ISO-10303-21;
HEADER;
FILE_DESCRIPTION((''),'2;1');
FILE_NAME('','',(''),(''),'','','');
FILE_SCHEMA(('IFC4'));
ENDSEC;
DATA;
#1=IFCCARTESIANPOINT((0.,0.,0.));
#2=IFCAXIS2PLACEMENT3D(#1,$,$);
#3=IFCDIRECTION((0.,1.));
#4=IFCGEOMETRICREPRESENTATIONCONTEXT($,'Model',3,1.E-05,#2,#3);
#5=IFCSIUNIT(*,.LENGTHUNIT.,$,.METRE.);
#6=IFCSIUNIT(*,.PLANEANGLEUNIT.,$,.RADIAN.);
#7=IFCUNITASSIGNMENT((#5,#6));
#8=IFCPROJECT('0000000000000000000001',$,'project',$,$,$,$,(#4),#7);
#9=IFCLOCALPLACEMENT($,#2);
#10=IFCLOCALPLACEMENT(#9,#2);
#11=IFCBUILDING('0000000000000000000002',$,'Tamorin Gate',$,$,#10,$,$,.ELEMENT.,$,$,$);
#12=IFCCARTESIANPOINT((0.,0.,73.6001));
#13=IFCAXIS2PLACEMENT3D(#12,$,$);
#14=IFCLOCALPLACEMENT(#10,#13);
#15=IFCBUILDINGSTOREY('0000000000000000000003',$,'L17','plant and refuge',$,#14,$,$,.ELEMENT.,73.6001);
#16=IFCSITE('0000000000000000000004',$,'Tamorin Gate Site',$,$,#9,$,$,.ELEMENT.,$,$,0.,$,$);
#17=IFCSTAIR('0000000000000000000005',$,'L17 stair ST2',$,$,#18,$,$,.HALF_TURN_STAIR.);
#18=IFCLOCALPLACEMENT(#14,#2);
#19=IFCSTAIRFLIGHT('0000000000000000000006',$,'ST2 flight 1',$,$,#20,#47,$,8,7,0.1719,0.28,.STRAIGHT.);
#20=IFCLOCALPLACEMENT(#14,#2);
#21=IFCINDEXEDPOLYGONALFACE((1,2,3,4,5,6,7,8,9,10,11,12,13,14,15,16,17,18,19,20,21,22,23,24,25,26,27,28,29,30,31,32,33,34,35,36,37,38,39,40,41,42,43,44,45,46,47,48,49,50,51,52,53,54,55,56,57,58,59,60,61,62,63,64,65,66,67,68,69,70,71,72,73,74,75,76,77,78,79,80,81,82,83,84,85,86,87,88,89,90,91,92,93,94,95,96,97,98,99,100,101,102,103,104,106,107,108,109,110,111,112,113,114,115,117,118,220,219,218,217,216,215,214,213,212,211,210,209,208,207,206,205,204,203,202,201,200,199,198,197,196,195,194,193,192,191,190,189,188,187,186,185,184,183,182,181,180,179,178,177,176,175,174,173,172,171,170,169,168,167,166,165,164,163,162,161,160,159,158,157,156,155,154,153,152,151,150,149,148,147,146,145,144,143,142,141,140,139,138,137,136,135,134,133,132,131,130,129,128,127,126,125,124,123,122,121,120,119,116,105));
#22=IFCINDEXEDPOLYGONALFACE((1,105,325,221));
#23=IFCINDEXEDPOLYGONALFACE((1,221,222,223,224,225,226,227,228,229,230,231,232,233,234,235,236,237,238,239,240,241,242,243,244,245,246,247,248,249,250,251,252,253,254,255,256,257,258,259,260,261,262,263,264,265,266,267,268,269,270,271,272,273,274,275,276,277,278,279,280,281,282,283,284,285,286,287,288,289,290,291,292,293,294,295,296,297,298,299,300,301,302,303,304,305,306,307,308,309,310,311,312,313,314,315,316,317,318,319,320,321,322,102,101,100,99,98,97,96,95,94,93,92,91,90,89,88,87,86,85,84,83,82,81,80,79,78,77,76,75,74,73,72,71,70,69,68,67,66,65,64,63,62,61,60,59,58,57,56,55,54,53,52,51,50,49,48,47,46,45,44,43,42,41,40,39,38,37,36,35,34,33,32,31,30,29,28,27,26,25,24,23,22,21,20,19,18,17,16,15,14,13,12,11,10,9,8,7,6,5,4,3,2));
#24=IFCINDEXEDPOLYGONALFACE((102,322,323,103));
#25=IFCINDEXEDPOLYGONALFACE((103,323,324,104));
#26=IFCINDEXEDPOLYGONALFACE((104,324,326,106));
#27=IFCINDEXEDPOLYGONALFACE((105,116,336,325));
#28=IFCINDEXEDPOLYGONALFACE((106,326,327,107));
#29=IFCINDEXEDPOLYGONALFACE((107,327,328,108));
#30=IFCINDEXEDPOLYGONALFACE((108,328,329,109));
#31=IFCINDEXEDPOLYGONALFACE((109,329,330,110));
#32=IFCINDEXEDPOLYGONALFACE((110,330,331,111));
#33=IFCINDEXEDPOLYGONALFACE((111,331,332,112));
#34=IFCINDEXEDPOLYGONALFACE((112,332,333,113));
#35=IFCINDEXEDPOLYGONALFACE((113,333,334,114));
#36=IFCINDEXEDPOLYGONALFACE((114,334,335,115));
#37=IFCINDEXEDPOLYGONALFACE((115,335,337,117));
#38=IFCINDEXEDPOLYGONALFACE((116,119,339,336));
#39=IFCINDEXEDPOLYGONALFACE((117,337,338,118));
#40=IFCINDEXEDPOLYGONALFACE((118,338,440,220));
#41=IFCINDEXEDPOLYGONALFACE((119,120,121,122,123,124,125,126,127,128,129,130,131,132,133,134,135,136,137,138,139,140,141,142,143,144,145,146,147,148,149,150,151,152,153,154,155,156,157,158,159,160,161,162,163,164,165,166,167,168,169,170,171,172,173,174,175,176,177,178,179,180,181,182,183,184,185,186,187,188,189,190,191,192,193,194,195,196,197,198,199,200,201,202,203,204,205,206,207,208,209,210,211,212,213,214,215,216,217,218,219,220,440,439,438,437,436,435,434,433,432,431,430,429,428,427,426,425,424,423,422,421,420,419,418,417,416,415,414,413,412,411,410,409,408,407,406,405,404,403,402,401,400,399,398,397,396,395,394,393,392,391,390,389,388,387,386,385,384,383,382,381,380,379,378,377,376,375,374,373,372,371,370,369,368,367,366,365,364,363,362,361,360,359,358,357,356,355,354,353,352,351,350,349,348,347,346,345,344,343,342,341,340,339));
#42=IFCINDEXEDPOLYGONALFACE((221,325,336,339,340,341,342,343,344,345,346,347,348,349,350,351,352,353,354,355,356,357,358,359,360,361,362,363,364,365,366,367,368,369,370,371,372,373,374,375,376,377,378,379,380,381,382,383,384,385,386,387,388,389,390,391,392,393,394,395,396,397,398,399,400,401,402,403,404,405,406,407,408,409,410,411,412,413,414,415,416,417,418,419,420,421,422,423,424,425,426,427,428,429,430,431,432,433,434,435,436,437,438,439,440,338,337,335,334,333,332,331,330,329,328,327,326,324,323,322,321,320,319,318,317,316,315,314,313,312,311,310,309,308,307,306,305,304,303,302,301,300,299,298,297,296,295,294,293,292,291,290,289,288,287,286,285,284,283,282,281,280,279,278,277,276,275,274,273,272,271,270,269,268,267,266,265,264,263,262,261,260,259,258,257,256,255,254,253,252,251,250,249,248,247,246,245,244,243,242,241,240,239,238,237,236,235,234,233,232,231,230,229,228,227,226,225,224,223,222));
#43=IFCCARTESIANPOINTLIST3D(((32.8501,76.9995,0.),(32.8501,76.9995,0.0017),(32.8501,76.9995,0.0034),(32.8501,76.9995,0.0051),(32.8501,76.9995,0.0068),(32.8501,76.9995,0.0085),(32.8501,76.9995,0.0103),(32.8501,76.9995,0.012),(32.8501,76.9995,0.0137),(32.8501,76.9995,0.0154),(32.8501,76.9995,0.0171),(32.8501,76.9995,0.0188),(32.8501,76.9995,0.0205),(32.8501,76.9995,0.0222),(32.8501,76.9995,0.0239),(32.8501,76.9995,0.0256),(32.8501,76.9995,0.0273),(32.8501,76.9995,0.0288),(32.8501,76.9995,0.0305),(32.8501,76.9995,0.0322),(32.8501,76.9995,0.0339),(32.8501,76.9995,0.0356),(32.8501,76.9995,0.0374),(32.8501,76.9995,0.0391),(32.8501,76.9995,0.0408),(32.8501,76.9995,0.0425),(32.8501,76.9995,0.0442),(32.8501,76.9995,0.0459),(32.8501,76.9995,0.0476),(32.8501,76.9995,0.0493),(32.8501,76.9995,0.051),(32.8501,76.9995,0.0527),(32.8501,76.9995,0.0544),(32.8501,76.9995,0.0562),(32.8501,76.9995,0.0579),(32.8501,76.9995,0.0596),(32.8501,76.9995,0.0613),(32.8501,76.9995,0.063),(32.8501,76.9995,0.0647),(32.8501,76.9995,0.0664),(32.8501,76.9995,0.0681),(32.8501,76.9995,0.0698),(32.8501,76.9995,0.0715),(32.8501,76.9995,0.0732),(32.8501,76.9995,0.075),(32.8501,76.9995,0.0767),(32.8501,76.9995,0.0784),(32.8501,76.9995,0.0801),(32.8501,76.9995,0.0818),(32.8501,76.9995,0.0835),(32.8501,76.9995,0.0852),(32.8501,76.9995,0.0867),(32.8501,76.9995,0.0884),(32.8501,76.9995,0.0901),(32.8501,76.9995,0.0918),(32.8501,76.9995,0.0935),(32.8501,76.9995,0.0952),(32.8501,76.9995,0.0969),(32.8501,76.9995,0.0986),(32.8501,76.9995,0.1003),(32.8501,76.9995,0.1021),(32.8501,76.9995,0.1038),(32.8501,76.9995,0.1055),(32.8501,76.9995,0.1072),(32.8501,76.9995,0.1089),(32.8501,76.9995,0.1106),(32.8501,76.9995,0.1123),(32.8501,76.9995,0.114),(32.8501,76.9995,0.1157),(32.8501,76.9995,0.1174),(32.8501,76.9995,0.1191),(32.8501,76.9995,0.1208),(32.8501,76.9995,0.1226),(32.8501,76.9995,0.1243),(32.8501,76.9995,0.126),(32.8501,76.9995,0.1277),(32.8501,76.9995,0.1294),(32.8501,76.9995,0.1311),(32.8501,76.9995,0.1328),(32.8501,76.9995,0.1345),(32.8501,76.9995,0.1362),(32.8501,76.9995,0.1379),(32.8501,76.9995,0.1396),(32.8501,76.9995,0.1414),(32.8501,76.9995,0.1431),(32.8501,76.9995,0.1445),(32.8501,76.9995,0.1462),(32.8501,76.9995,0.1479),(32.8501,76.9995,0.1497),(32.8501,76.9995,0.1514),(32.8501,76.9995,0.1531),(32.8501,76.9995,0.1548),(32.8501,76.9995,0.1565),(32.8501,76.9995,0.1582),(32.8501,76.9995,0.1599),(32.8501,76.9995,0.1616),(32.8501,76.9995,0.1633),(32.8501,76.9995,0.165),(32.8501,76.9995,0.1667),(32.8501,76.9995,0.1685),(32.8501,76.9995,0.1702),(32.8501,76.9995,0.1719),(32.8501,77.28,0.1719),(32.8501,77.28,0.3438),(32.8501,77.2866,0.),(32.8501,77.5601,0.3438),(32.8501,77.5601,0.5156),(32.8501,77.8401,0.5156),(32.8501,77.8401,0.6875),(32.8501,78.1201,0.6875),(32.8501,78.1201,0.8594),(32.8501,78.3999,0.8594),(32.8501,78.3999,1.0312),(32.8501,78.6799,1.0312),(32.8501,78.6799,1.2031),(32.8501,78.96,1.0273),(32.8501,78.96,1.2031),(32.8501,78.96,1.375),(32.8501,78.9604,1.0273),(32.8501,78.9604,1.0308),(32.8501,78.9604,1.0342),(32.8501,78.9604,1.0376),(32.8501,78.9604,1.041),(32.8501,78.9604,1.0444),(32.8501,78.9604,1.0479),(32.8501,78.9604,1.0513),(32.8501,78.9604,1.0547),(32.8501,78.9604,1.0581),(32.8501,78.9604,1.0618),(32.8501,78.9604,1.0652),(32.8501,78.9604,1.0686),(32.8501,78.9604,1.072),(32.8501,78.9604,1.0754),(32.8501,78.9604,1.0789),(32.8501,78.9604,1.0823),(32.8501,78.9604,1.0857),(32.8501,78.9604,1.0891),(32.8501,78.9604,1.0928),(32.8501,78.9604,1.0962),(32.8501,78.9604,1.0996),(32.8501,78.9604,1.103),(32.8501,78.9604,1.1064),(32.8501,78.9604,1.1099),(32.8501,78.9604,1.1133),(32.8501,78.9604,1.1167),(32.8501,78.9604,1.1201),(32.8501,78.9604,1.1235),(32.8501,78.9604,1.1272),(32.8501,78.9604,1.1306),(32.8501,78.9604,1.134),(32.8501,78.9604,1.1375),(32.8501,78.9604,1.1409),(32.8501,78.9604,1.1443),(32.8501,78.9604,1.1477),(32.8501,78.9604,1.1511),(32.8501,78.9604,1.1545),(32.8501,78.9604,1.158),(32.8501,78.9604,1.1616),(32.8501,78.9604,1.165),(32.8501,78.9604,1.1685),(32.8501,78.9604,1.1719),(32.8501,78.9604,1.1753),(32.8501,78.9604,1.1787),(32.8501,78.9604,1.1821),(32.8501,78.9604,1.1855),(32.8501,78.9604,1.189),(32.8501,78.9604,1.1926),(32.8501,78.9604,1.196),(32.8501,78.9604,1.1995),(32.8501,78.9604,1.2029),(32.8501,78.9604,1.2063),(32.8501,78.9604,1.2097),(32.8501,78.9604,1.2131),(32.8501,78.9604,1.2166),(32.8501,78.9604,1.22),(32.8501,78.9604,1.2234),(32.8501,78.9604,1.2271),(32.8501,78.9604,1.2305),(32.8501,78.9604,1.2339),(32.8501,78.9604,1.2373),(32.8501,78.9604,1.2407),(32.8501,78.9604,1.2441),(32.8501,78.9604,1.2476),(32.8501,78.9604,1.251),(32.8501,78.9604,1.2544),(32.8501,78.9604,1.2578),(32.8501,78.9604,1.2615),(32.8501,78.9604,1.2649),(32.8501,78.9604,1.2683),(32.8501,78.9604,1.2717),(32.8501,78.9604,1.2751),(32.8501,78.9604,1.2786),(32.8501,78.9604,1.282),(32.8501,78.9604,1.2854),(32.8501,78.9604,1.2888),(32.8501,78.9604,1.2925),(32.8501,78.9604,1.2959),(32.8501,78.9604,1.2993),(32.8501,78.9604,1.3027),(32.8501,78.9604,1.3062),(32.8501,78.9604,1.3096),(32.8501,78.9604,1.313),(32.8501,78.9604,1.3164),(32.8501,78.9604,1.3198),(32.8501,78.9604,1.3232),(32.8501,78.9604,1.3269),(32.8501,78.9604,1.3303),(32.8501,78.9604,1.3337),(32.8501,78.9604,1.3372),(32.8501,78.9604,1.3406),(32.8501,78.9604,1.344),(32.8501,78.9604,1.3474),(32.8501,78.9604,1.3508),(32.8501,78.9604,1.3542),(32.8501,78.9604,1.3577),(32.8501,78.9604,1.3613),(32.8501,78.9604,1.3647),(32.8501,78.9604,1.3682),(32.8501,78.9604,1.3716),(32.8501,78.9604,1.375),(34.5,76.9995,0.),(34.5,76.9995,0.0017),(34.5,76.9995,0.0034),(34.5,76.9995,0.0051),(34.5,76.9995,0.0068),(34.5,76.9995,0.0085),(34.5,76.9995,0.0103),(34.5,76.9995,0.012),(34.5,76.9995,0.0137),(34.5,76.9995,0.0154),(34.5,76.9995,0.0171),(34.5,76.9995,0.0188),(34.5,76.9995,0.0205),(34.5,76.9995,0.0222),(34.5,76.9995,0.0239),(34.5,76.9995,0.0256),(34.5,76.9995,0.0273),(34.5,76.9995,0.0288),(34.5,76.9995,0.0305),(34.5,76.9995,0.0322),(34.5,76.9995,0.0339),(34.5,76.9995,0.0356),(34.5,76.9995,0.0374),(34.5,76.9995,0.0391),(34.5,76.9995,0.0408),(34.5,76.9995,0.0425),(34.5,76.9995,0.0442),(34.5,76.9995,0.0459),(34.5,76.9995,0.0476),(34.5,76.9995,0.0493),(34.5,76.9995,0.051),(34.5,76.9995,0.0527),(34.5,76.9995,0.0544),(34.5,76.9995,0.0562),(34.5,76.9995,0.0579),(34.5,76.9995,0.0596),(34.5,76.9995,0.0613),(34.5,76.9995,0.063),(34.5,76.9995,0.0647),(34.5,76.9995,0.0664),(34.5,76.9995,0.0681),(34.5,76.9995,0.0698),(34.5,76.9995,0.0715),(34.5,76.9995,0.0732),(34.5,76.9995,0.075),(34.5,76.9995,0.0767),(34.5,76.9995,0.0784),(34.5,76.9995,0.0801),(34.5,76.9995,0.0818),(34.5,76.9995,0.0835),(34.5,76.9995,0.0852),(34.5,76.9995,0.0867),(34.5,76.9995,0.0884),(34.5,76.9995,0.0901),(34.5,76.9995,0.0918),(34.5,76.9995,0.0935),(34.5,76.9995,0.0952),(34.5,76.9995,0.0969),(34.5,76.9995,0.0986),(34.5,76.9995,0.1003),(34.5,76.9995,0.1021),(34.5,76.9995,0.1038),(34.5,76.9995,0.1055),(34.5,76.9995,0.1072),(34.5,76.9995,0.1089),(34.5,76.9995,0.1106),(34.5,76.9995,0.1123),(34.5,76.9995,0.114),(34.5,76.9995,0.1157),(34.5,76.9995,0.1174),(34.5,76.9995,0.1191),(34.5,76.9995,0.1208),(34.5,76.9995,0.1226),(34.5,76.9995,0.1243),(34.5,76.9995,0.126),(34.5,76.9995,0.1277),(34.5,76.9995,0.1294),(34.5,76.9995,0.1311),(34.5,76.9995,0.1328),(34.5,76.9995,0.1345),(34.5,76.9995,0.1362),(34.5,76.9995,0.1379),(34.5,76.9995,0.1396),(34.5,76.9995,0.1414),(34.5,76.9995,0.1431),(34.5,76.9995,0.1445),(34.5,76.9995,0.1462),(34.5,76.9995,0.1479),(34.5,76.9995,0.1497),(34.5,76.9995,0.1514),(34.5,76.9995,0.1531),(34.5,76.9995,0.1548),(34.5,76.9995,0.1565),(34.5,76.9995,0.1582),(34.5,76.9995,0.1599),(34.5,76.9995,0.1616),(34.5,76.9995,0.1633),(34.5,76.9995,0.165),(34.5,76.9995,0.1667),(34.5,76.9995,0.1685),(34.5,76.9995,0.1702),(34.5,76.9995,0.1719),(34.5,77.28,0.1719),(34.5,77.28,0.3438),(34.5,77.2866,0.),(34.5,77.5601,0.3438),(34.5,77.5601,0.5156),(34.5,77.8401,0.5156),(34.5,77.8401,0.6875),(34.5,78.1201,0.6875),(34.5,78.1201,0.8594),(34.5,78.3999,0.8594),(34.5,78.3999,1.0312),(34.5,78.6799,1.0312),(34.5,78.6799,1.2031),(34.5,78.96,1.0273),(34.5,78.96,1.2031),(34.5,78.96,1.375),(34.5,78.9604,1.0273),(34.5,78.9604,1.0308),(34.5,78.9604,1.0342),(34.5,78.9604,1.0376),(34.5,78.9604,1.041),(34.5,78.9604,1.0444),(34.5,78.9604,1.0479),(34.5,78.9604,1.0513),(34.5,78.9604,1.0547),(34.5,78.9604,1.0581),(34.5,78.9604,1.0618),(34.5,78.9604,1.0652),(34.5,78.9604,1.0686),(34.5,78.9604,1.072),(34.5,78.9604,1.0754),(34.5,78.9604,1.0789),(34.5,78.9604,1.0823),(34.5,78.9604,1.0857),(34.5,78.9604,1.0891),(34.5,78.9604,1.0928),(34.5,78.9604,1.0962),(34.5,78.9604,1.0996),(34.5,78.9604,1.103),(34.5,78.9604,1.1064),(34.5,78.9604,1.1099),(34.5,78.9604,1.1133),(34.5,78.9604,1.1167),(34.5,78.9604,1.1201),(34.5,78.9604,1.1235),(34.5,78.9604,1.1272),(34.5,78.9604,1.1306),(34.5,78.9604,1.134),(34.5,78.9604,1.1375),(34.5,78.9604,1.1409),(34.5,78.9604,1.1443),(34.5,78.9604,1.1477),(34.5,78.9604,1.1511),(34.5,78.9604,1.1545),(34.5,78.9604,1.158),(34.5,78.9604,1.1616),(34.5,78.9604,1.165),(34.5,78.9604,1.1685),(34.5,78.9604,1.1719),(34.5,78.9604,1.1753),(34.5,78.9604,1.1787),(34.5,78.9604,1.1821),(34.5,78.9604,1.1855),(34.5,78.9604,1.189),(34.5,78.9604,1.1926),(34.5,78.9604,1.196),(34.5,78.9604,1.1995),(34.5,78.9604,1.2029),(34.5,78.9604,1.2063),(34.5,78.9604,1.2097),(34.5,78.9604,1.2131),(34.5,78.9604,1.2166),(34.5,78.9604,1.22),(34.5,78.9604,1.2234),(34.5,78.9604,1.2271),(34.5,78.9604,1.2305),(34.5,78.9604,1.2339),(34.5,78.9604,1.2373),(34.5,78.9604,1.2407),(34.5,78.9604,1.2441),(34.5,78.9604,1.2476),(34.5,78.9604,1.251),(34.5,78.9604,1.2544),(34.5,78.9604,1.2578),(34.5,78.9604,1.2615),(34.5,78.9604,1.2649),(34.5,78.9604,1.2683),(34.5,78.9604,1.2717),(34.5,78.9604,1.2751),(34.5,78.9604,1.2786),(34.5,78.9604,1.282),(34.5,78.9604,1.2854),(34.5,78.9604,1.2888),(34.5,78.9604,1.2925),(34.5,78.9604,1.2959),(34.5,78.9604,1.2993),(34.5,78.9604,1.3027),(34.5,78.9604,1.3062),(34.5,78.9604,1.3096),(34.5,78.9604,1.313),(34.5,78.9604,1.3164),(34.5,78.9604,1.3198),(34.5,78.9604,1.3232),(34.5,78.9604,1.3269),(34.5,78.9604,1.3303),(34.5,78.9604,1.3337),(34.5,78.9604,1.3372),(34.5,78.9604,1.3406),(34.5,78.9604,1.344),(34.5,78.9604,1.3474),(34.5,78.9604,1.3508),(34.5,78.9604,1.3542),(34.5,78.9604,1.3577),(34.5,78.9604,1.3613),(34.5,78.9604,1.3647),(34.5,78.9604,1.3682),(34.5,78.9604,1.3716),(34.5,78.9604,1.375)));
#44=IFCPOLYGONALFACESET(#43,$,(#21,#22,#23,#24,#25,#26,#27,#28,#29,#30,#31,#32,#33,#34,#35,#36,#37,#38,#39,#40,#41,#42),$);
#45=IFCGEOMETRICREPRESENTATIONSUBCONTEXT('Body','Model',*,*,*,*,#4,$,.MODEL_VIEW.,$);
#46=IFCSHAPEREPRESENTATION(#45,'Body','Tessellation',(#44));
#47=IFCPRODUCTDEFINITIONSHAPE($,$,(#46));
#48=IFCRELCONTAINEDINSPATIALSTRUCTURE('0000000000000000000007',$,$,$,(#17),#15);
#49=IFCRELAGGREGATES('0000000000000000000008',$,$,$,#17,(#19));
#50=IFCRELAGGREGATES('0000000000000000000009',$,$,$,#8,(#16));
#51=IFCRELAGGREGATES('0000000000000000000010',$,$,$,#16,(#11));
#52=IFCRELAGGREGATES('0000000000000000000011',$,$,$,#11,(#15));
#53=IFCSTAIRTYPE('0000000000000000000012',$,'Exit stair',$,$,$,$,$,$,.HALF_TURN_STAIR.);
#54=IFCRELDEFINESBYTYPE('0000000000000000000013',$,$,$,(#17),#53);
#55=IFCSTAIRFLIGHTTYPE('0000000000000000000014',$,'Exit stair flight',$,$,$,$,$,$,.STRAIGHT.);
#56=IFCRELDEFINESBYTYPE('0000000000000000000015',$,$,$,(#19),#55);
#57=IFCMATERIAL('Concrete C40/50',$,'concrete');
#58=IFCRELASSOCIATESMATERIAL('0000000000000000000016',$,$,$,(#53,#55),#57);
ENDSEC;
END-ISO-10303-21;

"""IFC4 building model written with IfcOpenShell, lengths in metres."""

from ifc_helpers import new_model, si_unit, direction, frame, origin, place, context, subcontext, project, spatial, polyline, outline, extrude, material, type_object, element, aggregate, save


model = new_model("IFC4")

# Units and contexts
model_context = context("Model", 3, precision=1e-05, world=origin(), true_north=direction((0.0, 1.0)))
body_context = subcontext(model_context, "Body", "Model", "MODEL_VIEW")
ifc_project = project(units=[si_unit("LENGTHUNIT", "METRE"), si_unit("PLANEANGLEUNIT", "RADIAN")], contexts=[model_context])

# Site, building, storey
site_placement = place(None, origin())
site = spatial("IfcSite", under=ifc_project, at=site_placement, Name="Tamorin Gate Site", CompositionType="ELEMENT", RefElevation=0.0)
building_placement = place(site_placement, origin())
building = spatial("IfcBuilding", under=site, at=building_placement, Name="Tamorin Gate", CompositionType="ELEMENT")
storey_placement = place(building_placement, frame((0.0, 0.0, 73.6001)))
storey = spatial("IfcBuildingStorey", under=building, at=storey_placement, Name="L17", Description="plant and refuge", CompositionType="ELEMENT", Elevation=73.6001)

# Shared definitions
ifc_material_1 = material(Name="Concrete C40/50", Category="concrete")

# Stair, stair flight
stair_type = type_object("IfcStairType", Name="Exit stair", PredefinedType="HALF_TURN_STAIR", material=ifc_material_1)
stair_flight_type = type_object("IfcStairFlightType", Name="Exit stair flight", PredefinedType="STRAIGHT", material=ifc_material_1)
stair_1_placement = place(storey_placement, origin())
stair_1 = element("IfcStair", 1, at=stair_1_placement, inside=storey, type_object=stair_type, Name="L17 stair ST2", PredefinedType="HALF_TURN_STAIR")
stair_flight_1_placement = place(storey_placement, frame((33.675, 77.0, 0.0), z_axis=(0.0, 0.0, 1.0), x_axis=(0.0, 1.0, 0.0)))
stair_flight_1 = element("IfcStairFlight", 2, at=stair_flight_1_placement, type_object=stair_flight_type, Name="ST2 flight 1", NumberOfRisers=8, NumberOfTreads=7, PredefinedType="STRAIGHT", RiserHeight=0.1719, TreadLength=0.28, context=body_context, shape_type="SweptSolid", body=[
    extrude(outline(polyline([(-0.0005, 0.0), (-0.0005, 0.0017), (-0.0005, 0.0034), (-0.0005, 0.0051), (-0.0005, 0.0068), (-0.0005, 0.0085), (-0.0005, 0.0103), (-0.0005, 0.012), (-0.0005, 0.0137), (-0.0005, 0.0154), (-0.0005, 0.0171), (-0.0005, 0.0188), (-0.0005, 0.0205), (-0.0005, 0.0222), (-0.0005, 0.0239), (-0.0005, 0.0256), (-0.0005, 0.0273), (-0.0005, 0.0288), (-0.0005, 0.0305), (-0.0005, 0.0322), (-0.0005, 0.0339), (-0.0005, 0.0356), (-0.0005, 0.0374), (-0.0005, 0.0391), (-0.0005, 0.0408), (-0.0005, 0.0425), (-0.0005, 0.0442), (-0.0005, 0.0459), (-0.0005, 0.0476), (-0.0005, 0.0493), (-0.0005, 0.051), (-0.0005, 0.0527), (-0.0005, 0.0544), (-0.0005, 0.0562), (-0.0005, 0.0579), (-0.0005, 0.0596), (-0.0005, 0.0613), (-0.0005, 0.063), (-0.0005, 0.0647), (-0.0005, 0.0664), (-0.0005, 0.0681), (-0.0005, 0.0698), (-0.0005, 0.0715), (-0.0005, 0.0732), (-0.0005, 0.075), (-0.0005, 0.0767), (-0.0005, 0.0784), (-0.0005, 0.0801), (-0.0005, 0.0818), (-0.0005, 0.0835), (-0.0005, 0.0852), (-0.0005, 0.0867), (-0.0005, 0.0884), (-0.0005, 0.0901), (-0.0005, 0.0918), (-0.0005, 0.0935), (-0.0005, 0.0952), (-0.0005, 0.0969), (-0.0005, 0.0986), (-0.0005, 0.1003), (-0.0005, 0.1021), (-0.0005, 0.1038), (-0.0005, 0.1055), (-0.0005, 0.1072), (-0.0005, 0.1089), (-0.0005, 0.1106), (-0.0005, 0.1123), (-0.0005, 0.114), (-0.0005, 0.1157), (-0.0005, 0.1174), (-0.0005, 0.1191), (-0.0005, 0.1208), (-0.0005, 0.1226), (-0.0005, 0.1243), (-0.0005, 0.126), (-0.0005, 0.1277), (-0.0005, 0.1294), (-0.0005, 0.1311), (-0.0005, 0.1328), (-0.0005, 0.1345), (-0.0005, 0.1362), (-0.0005, 0.1379), (-0.0005, 0.1396), (-0.0005, 0.1414), (-0.0005, 0.1431), (-0.0005, 0.1445), (-0.0005, 0.1462), (-0.0005, 0.1479), (-0.0005, 0.1497), (-0.0005, 0.1514), (-0.0005, 0.1531), (-0.0005, 0.1548), (-0.0005, 0.1565), (-0.0005, 0.1582), (-0.0005, 0.1599), (-0.0005, 0.1616), (-0.0005, 0.1633), (-0.0005, 0.165), (-0.0005, 0.1667), (-0.0005, 0.1685), (-0.0005, 0.1702), (-0.0005, 0.1719), (0.28, 0.1719), (0.28, 0.3438), (0.5601, 0.3438), (0.5601, 0.5156), (0.8401, 0.5156), (0.8401, 0.6875), (1.1201, 0.6875), (1.1201, 0.8594), (1.3999, 0.8594), (1.3999, 1.0312), (1.6799, 1.0312), (1.6799, 1.2031), (1.96, 1.2031), (1.96, 1.375), (1.9604, 1.375), (1.9604, 1.3716), (1.9604, 1.3682), (1.9604, 1.3647), (1.9604, 1.3613), (1.9604, 1.3577), (1.9604, 1.3542), (1.9604, 1.3508), (1.9604, 1.3474), (1.9604, 1.344), (1.9604, 1.3406), (1.9604, 1.3372), (1.9604, 1.3337), (1.9604, 1.3303), (1.9604, 1.3269), (1.9604, 1.3232), (1.9604, 1.3198), (1.9604, 1.3164), (1.9604, 1.313), (1.9604, 1.3096), (1.9604, 1.3062), (1.9604, 1.3027), (1.9604, 1.2993), (1.9604, 1.2959), (1.9604, 1.2925), (1.9604, 1.2888), (1.9604, 1.2854), (1.9604, 1.282), (1.9604, 1.2786), (1.9604, 1.2751), (1.9604, 1.2717), (1.9604, 1.2683), (1.9604, 1.2649), (1.9604, 1.2615), (1.9604, 1.2578), (1.9604, 1.2544), (1.9604, 1.251), (1.9604, 1.2476), (1.9604, 1.2441), (1.9604, 1.2407), (1.9604, 1.2373), (1.9604, 1.2339), (1.9604, 1.2305), (1.9604, 1.2271), (1.9604, 1.2234), (1.9604, 1.22), (1.9604, 1.2166), (1.9604, 1.2131), (1.9604, 1.2097), (1.9604, 1.2063), (1.9604, 1.2029), (1.9604, 1.1995), (1.9604, 1.196), (1.9604, 1.1926), (1.9604, 1.189), (1.9604, 1.1855), (1.9604, 1.1821), (1.9604, 1.1787), (1.9604, 1.1753), (1.9604, 1.1719), (1.9604, 1.1685), (1.9604, 1.165), (1.9604, 1.1616), (1.9604, 1.158), (1.9604, 1.1545), (1.9604, 1.1511), (1.9604, 1.1477), (1.9604, 1.1443), (1.9604, 1.1409), (1.9604, 1.1375), (1.9604, 1.134), (1.9604, 1.1306), (1.9604, 1.1272), (1.9604, 1.1235), (1.9604, 1.1201), (1.9604, 1.1167), (1.9604, 1.1133), (1.9604, 1.1099), (1.9604, 1.1064), (1.9604, 1.103), (1.9604, 1.0996), (1.9604, 1.0962), (1.9604, 1.0928), (1.9604, 1.0891), (1.9604, 1.0857), (1.9604, 1.0823), (1.9604, 1.0789), (1.9604, 1.0754), (1.9604, 1.072), (1.9604, 1.0686), (1.9604, 1.0652), (1.9604, 1.0618), (1.9604, 1.0581), (1.9604, 1.0547), (1.9604, 1.0513), (1.9604, 1.0479), (1.9604, 1.0444), (1.9604, 1.041), (1.9604, 1.0376), (1.9604, 1.0342), (1.9604, 1.0308), (1.9604, 1.0273), (1.96, 1.0273), (0.2866, 0.0), (-0.0005, 0.0)])), frame((0.0, 0.825, 0.0), z_axis=(0.0, -1.0, 0.0), x_axis=(1.0, 0.0, 0.0)), (0.0, 0.0, 1.0), 1.6499),
])
aggregate(stair_1, [stair_flight_1])

save(model, "model.ifc")
